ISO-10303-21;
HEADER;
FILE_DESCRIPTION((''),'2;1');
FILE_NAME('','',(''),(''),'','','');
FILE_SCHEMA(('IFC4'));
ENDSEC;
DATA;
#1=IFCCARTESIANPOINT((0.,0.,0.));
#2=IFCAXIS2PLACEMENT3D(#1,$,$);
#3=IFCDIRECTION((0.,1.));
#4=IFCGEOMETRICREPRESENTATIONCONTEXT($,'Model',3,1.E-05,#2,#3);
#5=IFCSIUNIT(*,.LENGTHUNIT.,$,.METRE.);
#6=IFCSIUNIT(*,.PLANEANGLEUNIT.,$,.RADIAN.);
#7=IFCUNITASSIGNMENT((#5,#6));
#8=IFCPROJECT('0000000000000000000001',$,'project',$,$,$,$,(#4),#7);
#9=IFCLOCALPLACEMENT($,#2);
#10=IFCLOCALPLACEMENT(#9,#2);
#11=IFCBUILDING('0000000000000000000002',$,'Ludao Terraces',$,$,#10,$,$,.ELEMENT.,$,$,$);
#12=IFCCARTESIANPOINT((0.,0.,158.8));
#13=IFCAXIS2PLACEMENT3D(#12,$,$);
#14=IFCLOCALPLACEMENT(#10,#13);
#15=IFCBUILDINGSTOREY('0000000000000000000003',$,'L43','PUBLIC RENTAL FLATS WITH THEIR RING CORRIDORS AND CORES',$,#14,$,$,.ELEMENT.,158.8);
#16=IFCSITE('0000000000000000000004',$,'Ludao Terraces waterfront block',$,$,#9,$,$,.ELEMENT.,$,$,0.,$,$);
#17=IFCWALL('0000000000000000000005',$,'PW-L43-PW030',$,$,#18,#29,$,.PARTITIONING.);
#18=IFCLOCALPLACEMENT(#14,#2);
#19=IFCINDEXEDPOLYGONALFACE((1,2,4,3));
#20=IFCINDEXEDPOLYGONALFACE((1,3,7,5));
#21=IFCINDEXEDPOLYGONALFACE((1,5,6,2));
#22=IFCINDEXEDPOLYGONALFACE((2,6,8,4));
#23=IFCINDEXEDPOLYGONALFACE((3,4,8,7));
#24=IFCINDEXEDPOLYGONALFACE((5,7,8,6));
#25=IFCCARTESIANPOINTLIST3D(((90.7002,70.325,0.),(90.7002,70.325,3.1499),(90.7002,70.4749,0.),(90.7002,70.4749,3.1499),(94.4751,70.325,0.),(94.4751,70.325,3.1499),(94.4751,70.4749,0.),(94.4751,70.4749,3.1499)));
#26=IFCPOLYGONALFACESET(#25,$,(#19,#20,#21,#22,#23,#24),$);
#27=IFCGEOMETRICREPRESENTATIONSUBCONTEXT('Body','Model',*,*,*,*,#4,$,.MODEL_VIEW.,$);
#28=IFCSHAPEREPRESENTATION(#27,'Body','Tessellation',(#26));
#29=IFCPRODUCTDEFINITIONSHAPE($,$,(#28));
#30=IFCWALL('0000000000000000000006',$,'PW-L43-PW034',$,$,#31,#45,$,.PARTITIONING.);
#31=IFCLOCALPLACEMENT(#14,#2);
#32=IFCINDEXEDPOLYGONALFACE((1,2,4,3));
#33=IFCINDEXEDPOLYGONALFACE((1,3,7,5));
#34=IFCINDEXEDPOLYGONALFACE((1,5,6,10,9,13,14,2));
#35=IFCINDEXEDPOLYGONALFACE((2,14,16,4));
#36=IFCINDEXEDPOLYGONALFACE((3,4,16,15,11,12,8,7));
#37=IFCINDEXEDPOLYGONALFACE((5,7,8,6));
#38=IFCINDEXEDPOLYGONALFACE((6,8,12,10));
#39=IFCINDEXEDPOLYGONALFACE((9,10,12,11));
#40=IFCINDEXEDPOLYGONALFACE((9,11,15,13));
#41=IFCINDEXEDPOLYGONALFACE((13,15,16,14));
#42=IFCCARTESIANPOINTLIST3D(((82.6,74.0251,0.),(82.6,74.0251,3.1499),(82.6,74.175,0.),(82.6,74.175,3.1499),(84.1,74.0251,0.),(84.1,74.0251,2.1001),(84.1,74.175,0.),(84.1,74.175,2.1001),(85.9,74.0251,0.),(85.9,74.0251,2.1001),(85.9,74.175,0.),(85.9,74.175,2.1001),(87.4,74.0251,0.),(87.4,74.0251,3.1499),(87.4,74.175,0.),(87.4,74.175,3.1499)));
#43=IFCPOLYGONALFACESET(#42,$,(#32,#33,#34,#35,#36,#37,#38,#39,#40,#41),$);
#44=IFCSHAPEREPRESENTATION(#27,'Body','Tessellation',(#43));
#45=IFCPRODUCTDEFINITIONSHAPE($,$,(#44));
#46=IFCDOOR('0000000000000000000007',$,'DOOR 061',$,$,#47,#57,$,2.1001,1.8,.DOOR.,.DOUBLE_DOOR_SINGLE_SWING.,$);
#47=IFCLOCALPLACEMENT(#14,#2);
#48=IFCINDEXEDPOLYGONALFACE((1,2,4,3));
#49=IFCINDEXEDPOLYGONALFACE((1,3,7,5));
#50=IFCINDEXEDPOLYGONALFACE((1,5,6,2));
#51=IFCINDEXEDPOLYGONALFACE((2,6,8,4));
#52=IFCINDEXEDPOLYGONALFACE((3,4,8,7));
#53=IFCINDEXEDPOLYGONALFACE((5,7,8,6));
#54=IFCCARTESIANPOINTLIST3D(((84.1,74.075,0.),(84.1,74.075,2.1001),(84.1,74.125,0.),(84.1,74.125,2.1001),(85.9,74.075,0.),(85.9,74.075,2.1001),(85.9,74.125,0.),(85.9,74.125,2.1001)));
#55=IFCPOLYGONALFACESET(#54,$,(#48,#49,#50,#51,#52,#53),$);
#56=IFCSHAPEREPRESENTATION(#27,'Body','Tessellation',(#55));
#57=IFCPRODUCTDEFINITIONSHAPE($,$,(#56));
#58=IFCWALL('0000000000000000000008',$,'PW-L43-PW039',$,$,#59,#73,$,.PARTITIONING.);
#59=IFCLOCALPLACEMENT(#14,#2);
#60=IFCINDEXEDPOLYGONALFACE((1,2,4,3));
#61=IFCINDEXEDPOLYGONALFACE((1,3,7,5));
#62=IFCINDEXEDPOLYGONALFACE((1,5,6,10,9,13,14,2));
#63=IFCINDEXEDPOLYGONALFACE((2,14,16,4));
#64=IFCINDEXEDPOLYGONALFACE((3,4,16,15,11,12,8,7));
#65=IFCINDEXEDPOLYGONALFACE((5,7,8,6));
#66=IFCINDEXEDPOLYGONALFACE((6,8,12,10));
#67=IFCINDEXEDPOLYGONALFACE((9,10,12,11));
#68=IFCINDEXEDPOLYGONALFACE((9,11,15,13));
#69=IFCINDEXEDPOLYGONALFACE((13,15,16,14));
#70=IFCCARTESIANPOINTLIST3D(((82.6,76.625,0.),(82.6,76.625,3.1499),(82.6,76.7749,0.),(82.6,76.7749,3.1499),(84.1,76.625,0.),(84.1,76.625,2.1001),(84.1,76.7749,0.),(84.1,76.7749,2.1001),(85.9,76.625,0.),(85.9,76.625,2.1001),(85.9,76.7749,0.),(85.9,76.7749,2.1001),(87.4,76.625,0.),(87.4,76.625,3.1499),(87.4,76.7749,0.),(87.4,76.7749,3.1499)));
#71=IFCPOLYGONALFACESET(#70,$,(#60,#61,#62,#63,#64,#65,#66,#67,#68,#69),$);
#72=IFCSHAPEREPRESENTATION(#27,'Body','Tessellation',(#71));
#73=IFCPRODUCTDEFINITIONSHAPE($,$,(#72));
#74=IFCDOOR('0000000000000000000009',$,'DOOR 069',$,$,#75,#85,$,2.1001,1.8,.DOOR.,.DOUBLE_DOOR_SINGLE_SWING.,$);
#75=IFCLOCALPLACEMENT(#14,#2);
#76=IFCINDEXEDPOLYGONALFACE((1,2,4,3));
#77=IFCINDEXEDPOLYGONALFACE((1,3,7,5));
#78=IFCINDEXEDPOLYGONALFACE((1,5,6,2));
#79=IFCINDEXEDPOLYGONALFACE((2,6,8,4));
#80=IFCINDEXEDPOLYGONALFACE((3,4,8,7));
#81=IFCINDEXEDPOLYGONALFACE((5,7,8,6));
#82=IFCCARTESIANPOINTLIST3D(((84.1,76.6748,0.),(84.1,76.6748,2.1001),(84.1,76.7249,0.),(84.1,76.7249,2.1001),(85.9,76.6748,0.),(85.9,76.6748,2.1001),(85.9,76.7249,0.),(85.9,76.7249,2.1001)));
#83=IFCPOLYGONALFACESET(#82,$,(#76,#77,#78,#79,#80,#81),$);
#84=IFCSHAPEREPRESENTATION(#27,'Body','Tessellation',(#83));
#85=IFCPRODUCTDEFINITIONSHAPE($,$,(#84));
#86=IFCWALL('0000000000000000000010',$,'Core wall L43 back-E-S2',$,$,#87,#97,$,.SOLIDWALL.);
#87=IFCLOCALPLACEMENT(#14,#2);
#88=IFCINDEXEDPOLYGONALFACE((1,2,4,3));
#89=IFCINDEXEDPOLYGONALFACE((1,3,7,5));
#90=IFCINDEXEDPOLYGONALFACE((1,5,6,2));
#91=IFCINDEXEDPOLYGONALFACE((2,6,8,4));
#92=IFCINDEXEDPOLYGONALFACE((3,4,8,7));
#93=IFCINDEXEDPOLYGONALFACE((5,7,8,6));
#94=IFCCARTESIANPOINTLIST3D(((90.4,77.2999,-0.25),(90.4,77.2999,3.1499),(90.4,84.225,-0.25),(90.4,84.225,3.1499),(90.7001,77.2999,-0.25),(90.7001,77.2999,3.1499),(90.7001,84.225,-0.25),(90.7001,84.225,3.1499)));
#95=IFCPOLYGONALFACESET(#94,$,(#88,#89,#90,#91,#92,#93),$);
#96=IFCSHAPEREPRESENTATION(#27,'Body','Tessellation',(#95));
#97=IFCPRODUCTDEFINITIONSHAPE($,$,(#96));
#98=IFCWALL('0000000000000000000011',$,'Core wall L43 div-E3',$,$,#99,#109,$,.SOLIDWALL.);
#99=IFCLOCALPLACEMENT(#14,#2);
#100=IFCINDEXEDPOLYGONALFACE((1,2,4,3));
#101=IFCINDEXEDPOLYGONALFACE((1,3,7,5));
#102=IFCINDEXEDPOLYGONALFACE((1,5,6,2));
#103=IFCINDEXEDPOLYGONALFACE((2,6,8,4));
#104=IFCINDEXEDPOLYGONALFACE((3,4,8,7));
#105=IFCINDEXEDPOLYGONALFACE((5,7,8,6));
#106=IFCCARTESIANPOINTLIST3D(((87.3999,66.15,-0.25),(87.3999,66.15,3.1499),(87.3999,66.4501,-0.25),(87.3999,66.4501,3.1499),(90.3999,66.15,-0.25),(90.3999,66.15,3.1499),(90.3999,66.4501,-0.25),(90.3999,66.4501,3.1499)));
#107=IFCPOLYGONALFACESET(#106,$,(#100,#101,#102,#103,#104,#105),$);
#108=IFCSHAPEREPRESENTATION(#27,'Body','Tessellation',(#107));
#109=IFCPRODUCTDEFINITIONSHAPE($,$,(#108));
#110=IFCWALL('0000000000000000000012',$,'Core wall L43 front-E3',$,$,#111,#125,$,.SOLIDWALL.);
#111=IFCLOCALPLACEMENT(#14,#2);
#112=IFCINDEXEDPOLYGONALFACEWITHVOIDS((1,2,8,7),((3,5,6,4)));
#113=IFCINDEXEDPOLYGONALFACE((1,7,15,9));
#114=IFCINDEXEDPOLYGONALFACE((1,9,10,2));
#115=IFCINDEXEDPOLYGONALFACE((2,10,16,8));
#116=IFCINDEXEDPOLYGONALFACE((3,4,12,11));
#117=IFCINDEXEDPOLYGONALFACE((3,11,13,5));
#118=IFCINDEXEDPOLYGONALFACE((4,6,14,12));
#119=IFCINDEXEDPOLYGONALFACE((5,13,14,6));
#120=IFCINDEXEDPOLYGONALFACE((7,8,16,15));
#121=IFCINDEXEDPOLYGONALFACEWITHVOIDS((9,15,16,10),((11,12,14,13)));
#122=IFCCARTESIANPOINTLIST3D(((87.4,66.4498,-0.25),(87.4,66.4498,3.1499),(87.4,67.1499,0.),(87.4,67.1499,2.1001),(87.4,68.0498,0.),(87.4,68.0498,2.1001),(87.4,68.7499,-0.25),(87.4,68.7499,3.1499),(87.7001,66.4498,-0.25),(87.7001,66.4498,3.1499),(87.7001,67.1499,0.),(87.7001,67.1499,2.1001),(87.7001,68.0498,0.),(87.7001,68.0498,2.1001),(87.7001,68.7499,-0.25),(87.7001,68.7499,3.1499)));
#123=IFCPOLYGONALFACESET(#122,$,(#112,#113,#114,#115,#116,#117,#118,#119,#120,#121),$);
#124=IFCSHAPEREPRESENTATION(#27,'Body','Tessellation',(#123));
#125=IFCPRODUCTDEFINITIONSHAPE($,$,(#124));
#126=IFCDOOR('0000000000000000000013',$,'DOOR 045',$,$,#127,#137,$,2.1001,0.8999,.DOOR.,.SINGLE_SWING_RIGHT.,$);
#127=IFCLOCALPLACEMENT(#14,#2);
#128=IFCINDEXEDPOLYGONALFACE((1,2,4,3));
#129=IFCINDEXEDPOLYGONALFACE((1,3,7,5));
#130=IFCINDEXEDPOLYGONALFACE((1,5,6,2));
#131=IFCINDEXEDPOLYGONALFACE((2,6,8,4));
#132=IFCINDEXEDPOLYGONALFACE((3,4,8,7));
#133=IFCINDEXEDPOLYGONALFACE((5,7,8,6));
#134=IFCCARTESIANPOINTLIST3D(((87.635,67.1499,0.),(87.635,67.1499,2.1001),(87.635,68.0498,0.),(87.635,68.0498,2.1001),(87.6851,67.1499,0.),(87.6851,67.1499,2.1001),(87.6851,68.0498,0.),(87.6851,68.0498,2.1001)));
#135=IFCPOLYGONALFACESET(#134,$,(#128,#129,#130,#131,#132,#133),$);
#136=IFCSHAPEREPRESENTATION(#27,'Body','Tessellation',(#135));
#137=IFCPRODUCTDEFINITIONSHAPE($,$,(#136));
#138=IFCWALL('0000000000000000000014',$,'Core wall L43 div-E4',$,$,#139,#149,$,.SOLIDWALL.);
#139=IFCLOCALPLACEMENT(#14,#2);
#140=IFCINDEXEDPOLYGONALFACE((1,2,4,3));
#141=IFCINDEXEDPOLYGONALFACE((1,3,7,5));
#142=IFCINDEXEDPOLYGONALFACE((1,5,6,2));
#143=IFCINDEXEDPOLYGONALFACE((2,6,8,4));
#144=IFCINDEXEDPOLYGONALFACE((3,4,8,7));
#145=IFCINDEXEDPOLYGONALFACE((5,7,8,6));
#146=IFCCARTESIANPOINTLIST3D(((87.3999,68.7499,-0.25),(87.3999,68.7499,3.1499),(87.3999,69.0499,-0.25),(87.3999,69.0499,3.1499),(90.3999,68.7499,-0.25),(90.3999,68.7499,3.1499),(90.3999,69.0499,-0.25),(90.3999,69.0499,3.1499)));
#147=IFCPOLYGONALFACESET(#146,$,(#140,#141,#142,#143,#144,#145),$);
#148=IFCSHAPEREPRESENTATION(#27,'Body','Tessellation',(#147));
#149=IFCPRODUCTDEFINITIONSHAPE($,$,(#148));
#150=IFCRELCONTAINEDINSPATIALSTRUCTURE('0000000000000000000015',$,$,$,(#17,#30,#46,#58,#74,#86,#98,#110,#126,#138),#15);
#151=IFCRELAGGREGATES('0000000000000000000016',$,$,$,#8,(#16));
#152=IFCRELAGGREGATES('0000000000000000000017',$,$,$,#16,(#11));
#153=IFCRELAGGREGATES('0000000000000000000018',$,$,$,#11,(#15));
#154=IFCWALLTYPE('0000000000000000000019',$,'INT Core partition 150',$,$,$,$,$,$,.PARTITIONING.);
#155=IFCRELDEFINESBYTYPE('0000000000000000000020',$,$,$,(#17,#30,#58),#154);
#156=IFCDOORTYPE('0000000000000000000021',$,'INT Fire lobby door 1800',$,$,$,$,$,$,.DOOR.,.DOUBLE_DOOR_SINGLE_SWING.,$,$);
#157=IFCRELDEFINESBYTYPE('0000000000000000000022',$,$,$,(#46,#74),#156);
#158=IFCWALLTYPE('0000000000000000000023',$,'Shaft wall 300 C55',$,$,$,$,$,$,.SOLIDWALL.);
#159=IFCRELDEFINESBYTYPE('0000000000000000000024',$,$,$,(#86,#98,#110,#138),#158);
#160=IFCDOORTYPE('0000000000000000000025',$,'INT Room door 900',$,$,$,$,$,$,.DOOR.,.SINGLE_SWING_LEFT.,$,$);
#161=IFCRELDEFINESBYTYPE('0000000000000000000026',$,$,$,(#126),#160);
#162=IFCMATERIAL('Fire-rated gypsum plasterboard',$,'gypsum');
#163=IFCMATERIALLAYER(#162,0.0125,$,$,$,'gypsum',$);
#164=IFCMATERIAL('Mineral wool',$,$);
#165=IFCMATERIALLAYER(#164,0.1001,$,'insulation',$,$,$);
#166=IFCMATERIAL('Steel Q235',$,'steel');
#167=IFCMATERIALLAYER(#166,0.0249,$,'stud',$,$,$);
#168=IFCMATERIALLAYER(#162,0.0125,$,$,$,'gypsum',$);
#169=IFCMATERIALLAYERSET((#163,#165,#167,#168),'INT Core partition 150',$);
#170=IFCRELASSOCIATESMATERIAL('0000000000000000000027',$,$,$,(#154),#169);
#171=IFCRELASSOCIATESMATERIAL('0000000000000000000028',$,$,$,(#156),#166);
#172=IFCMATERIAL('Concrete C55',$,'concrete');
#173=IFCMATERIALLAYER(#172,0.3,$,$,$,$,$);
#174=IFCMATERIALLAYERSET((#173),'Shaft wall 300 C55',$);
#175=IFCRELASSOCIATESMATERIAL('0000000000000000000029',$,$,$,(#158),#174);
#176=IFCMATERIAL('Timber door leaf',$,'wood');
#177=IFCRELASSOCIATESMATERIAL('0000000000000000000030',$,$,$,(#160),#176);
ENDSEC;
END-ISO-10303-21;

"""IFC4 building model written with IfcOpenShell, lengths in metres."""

from ifc_helpers import new_model, si_unit, direction, frame, frame_2d, origin, place, context, subcontext, project, spatial, rectangle, extrude, material, layer, layer_set, type_object, element, fill, save


model = new_model("IFC4")

# Units and contexts
model_context = context("Model", 3, precision=1e-05, world=origin(), true_north=direction((0.0, 1.0)))
body_context = subcontext(model_context, "Body", "Model", "MODEL_VIEW")
ifc_project = project(units=[si_unit("LENGTHUNIT", "METRE"), si_unit("PLANEANGLEUNIT", "RADIAN")], contexts=[model_context])

# Site, building, storey
site_placement = place(None, origin())
site = spatial("IfcSite", under=ifc_project, at=site_placement, Name="Ludao Terraces waterfront block", CompositionType="ELEMENT", RefElevation=0.0)
building_placement = place(site_placement, origin())
building = spatial("IfcBuilding", under=site, at=building_placement, Name="Ludao Terraces", CompositionType="ELEMENT")
storey_placement = place(building_placement, frame((0.0, 0.0, 158.8)))
storey = spatial("IfcBuildingStorey", under=building, at=storey_placement, Name="L43", Description="PUBLIC RENTAL FLATS WITH THEIR RING CORRIDORS AND CORES", CompositionType="ELEMENT", Elevation=158.8)

# Wall
ifc_material_1 = material(Name="Fire-rated gypsum plasterboard", Category="gypsum")
ifc_layer_1 = layer(ifc_material_1, 0.0125, Category="gypsum")
ifc_material_2 = material(Name="Mineral wool")
ifc_layer_2 = layer(ifc_material_2, 0.1001, Name="insulation")
ifc_material_3 = material(Name="Steel Q235", Category="steel")
ifc_layer_3 = layer(ifc_material_3, 0.0249, Name="stud")
ifc_layer_4 = layer(ifc_material_1, 0.0125, Category="gypsum")
ifc_layer_set_1 = layer_set([ifc_layer_1, ifc_layer_2, ifc_layer_3, ifc_layer_4], Name="INT Core partition 150")
wall_type_1 = type_object("IfcWallType", Name="INT Core partition 150", PredefinedType="PARTITIONING", material=ifc_layer_set_1)
wall_1_placement = place(storey_placement, frame((90.7002, 70.3999, 0.0), z_axis=(0.0, 0.0, 1.0), x_axis=(1.0, 0.0, 0.0)))
element("IfcWall", 1, at=wall_1_placement, inside=storey, type_object=wall_type_1, Name="PW-L43-PW030", PredefinedType="PARTITIONING", context=body_context, shape_type="SweptSolid", body=[
    extrude(rectangle(XDim=3.7749, YDim=0.1499, at=frame_2d((1.8875, 0.0))), origin(), (0.0, 0.0, 1.0), 3.1499),
])

# Walls, openings, doors
wall_2_placement = place(storey_placement, frame((82.6001, 74.1001, 0.0), z_axis=(0.0, 0.0, 1.0), x_axis=(1.0, 0.0, 0.0)))
wall_2 = element("IfcWall", 2, at=wall_2_placement, inside=storey, type_object=wall_type_1, Name="PW-L43-PW034", PredefinedType="PARTITIONING", context=body_context, shape_type="SweptSolid", body=[
    extrude(rectangle(XDim=4.8, YDim=0.1499, at=frame_2d((2.3999, 0.0))), origin(), (0.0, 0.0, 1.0), 3.1499),
])
opening_1_placement = place(wall_2_placement, frame((1.5, 0.0, 0.0)))
opening_1 = element("IfcOpeningElement", 3, at=opening_1_placement, cuts=wall_2, PredefinedType="OPENING", context=body_context, shape_type="SweptSolid", body=[
    extrude(rectangle(XDim=1.8, YDim=2.1001, at=frame_2d((0.8999, 1.05))), frame((0.0, 0.085, 0.0), z_axis=(0.0, -1.0, 0.0), x_axis=(1.0, 0.0, 0.0)), (0.0, 0.0, 1.0), 0.1699),
])
door_type_1 = type_object("IfcDoorType", Name="INT Fire lobby door 1800", OperationType="DOUBLE_DOOR_SINGLE_SWING", PredefinedType="DOOR", material=ifc_material_3)
door_1_placement = place(opening_1_placement, origin())
door_1 = element("IfcDoor", 4, at=door_1_placement, inside=storey, type_object=door_type_1, Name="DOOR 061", OperationType="DOUBLE_DOOR_SINGLE_SWING", OverallHeight=2.1001, OverallWidth=1.8, PredefinedType="DOOR", context=body_context, shape_type="SweptSolid", body=[
    extrude(rectangle(XDim=1.8, YDim=2.1001, at=frame_2d((0.8999, 1.05))), frame((0.0, 0.0249, 0.0), z_axis=(0.0, -1.0, 0.0), x_axis=(1.0, 0.0, 0.0)), (0.0, 0.0, 1.0), 0.05),
])
fill(opening_1, door_1)
wall_3_placement = place(storey_placement, frame((82.6001, 76.7, 0.0), z_axis=(0.0, 0.0, 1.0), x_axis=(1.0, 0.0, 0.0)))
wall_3 = element("IfcWall", 5, at=wall_3_placement, inside=storey, type_object=wall_type_1, Name="PW-L43-PW039", PredefinedType="PARTITIONING", context=body_context, shape_type="SweptSolid", body=[
    extrude(rectangle(XDim=4.8, YDim=0.1499, at=frame_2d((2.3999, 0.0))), origin(), (0.0, 0.0, 1.0), 3.1499),
])
opening_2_placement = place(wall_3_placement, frame((1.5, 0.0, 0.0)))
opening_2 = element("IfcOpeningElement", 6, at=opening_2_placement, cuts=wall_3, PredefinedType="OPENING", context=body_context, shape_type="SweptSolid", body=[
    extrude(rectangle(XDim=1.8, YDim=2.1001, at=frame_2d((0.8999, 1.05))), frame((0.0, 0.085, 0.0), z_axis=(0.0, -1.0, 0.0), x_axis=(1.0, 0.0, 0.0)), (0.0, 0.0, 1.0), 0.1699),
])
door_2_placement = place(opening_2_placement, origin())
door_2 = element("IfcDoor", 7, at=door_2_placement, inside=storey, type_object=door_type_1, Name="DOOR 069", OperationType="DOUBLE_DOOR_SINGLE_SWING", OverallHeight=2.1001, OverallWidth=1.8, PredefinedType="DOOR", context=body_context, shape_type="SweptSolid", body=[
    extrude(rectangle(XDim=1.8, YDim=2.1001, at=frame_2d((0.8999, 1.05))), frame((0.0, 0.0249, 0.0), z_axis=(0.0, -1.0, 0.0), x_axis=(1.0, 0.0, 0.0)), (0.0, 0.0, 1.0), 0.05),
])
fill(opening_2, door_2)

# Walls
ifc_material_4 = material(Name="Concrete C55", Category="concrete")
ifc_layer_5 = layer(ifc_material_4, 0.3)
ifc_layer_set_2 = layer_set([ifc_layer_5], Name="Shaft wall 300 C55")
wall_type_2 = type_object("IfcWallType", Name="Shaft wall 300 C55", PredefinedType="SOLIDWALL", material=ifc_layer_set_2)
wall_4_placement = place(storey_placement, frame((90.55, 77.3, -0.25), z_axis=(0.0, 0.0, 1.0), x_axis=(0.0, 1.0, 0.0)))
element("IfcWall", 8, at=wall_4_placement, inside=storey, type_object=wall_type_2, Name="Core wall L43 back-E-S2", PredefinedType="SOLIDWALL", context=body_context, shape_type="SweptSolid", body=[
    extrude(rectangle(XDim=6.925, YDim=0.3, at=frame_2d((3.4624, 0.0))), origin(), (0.0, 0.0, 1.0), 3.3999),
])
wall_5_placement = place(storey_placement, frame((87.3999, 66.3, -0.25), z_axis=(0.0, 0.0, 1.0), x_axis=(1.0, 0.0, 0.0)))
element("IfcWall", 9, at=wall_5_placement, inside=storey, type_object=wall_type_2, Name="Core wall L43 div-E3", PredefinedType="SOLIDWALL", context=body_context, shape_type="SweptSolid", body=[
    extrude(rectangle(XDim=3.0, YDim=0.3, at=frame_2d((1.5, 0.0))), origin(), (0.0, 0.0, 1.0), 3.3999),
])

# Wall, opening, door
wall_6_placement = place(storey_placement, frame((87.55, 66.45, -0.25), z_axis=(0.0, 0.0, 1.0), x_axis=(0.0, 1.0, 0.0)))
wall_6 = element("IfcWall", 10, at=wall_6_placement, inside=storey, type_object=wall_type_2, Name="Core wall L43 front-E3", PredefinedType="SOLIDWALL", context=body_context, shape_type="SweptSolid", body=[
    extrude(rectangle(XDim=2.3, YDim=0.3, at=frame_2d((1.1499, 0.0))), origin(), (0.0, 0.0, 1.0), 3.3999),
])
opening_3_placement = place(wall_6_placement, frame((0.7, 0.0, 0.25)))
opening_3 = element("IfcOpeningElement", 11, at=opening_3_placement, cuts=wall_6, PredefinedType="OPENING", context=body_context, shape_type="SweptSolid", body=[
    extrude(rectangle(XDim=0.8999, YDim=2.1001, at=frame_2d((0.45, 1.05))), frame((0.0, 0.1602, 0.0), z_axis=(0.0, -1.0, 0.0), x_axis=(1.0, 0.0, 0.0)), (0.0, 0.0, 1.0), 0.3201),
])
ifc_material_5 = material(Name="Timber door leaf", Category="wood")
door_type_2 = type_object("IfcDoorType", Name="INT Room door 900", OperationType="SINGLE_SWING_LEFT", PredefinedType="DOOR", material=ifc_material_5)
door_3_placement = place(opening_3_placement, origin())
door_3 = element("IfcDoor", 12, at=door_3_placement, inside=storey, type_object=door_type_2, Name="DOOR 045", OperationType="SINGLE_SWING_RIGHT", OverallHeight=2.1001, OverallWidth=0.8999, PredefinedType="DOOR", context=body_context, shape_type="SweptSolid", body=[
    extrude(rectangle(XDim=0.8999, YDim=2.1001, at=frame_2d((0.45, 1.05))), frame((0.0, -0.085, 0.0), z_axis=(0.0, -1.0, 0.0), x_axis=(1.0, 0.0, 0.0)), (0.0, 0.0, 1.0), 0.05),
])
fill(opening_3, door_3)

# Wall
wall_7_placement = place(storey_placement, frame((87.3999, 68.8999, -0.25), z_axis=(0.0, 0.0, 1.0), x_axis=(1.0, 0.0, 0.0)))
element("IfcWall", 13, at=wall_7_placement, inside=storey, type_object=wall_type_2, Name="Core wall L43 div-E4", PredefinedType="SOLIDWALL", context=body_context, shape_type="SweptSolid", body=[
    extrude(rectangle(XDim=3.0, YDim=0.3, at=frame_2d((1.5, 0.0))), origin(), (0.0, 0.0, 1.0), 3.3999),
])

save(model, "model.ifc")
